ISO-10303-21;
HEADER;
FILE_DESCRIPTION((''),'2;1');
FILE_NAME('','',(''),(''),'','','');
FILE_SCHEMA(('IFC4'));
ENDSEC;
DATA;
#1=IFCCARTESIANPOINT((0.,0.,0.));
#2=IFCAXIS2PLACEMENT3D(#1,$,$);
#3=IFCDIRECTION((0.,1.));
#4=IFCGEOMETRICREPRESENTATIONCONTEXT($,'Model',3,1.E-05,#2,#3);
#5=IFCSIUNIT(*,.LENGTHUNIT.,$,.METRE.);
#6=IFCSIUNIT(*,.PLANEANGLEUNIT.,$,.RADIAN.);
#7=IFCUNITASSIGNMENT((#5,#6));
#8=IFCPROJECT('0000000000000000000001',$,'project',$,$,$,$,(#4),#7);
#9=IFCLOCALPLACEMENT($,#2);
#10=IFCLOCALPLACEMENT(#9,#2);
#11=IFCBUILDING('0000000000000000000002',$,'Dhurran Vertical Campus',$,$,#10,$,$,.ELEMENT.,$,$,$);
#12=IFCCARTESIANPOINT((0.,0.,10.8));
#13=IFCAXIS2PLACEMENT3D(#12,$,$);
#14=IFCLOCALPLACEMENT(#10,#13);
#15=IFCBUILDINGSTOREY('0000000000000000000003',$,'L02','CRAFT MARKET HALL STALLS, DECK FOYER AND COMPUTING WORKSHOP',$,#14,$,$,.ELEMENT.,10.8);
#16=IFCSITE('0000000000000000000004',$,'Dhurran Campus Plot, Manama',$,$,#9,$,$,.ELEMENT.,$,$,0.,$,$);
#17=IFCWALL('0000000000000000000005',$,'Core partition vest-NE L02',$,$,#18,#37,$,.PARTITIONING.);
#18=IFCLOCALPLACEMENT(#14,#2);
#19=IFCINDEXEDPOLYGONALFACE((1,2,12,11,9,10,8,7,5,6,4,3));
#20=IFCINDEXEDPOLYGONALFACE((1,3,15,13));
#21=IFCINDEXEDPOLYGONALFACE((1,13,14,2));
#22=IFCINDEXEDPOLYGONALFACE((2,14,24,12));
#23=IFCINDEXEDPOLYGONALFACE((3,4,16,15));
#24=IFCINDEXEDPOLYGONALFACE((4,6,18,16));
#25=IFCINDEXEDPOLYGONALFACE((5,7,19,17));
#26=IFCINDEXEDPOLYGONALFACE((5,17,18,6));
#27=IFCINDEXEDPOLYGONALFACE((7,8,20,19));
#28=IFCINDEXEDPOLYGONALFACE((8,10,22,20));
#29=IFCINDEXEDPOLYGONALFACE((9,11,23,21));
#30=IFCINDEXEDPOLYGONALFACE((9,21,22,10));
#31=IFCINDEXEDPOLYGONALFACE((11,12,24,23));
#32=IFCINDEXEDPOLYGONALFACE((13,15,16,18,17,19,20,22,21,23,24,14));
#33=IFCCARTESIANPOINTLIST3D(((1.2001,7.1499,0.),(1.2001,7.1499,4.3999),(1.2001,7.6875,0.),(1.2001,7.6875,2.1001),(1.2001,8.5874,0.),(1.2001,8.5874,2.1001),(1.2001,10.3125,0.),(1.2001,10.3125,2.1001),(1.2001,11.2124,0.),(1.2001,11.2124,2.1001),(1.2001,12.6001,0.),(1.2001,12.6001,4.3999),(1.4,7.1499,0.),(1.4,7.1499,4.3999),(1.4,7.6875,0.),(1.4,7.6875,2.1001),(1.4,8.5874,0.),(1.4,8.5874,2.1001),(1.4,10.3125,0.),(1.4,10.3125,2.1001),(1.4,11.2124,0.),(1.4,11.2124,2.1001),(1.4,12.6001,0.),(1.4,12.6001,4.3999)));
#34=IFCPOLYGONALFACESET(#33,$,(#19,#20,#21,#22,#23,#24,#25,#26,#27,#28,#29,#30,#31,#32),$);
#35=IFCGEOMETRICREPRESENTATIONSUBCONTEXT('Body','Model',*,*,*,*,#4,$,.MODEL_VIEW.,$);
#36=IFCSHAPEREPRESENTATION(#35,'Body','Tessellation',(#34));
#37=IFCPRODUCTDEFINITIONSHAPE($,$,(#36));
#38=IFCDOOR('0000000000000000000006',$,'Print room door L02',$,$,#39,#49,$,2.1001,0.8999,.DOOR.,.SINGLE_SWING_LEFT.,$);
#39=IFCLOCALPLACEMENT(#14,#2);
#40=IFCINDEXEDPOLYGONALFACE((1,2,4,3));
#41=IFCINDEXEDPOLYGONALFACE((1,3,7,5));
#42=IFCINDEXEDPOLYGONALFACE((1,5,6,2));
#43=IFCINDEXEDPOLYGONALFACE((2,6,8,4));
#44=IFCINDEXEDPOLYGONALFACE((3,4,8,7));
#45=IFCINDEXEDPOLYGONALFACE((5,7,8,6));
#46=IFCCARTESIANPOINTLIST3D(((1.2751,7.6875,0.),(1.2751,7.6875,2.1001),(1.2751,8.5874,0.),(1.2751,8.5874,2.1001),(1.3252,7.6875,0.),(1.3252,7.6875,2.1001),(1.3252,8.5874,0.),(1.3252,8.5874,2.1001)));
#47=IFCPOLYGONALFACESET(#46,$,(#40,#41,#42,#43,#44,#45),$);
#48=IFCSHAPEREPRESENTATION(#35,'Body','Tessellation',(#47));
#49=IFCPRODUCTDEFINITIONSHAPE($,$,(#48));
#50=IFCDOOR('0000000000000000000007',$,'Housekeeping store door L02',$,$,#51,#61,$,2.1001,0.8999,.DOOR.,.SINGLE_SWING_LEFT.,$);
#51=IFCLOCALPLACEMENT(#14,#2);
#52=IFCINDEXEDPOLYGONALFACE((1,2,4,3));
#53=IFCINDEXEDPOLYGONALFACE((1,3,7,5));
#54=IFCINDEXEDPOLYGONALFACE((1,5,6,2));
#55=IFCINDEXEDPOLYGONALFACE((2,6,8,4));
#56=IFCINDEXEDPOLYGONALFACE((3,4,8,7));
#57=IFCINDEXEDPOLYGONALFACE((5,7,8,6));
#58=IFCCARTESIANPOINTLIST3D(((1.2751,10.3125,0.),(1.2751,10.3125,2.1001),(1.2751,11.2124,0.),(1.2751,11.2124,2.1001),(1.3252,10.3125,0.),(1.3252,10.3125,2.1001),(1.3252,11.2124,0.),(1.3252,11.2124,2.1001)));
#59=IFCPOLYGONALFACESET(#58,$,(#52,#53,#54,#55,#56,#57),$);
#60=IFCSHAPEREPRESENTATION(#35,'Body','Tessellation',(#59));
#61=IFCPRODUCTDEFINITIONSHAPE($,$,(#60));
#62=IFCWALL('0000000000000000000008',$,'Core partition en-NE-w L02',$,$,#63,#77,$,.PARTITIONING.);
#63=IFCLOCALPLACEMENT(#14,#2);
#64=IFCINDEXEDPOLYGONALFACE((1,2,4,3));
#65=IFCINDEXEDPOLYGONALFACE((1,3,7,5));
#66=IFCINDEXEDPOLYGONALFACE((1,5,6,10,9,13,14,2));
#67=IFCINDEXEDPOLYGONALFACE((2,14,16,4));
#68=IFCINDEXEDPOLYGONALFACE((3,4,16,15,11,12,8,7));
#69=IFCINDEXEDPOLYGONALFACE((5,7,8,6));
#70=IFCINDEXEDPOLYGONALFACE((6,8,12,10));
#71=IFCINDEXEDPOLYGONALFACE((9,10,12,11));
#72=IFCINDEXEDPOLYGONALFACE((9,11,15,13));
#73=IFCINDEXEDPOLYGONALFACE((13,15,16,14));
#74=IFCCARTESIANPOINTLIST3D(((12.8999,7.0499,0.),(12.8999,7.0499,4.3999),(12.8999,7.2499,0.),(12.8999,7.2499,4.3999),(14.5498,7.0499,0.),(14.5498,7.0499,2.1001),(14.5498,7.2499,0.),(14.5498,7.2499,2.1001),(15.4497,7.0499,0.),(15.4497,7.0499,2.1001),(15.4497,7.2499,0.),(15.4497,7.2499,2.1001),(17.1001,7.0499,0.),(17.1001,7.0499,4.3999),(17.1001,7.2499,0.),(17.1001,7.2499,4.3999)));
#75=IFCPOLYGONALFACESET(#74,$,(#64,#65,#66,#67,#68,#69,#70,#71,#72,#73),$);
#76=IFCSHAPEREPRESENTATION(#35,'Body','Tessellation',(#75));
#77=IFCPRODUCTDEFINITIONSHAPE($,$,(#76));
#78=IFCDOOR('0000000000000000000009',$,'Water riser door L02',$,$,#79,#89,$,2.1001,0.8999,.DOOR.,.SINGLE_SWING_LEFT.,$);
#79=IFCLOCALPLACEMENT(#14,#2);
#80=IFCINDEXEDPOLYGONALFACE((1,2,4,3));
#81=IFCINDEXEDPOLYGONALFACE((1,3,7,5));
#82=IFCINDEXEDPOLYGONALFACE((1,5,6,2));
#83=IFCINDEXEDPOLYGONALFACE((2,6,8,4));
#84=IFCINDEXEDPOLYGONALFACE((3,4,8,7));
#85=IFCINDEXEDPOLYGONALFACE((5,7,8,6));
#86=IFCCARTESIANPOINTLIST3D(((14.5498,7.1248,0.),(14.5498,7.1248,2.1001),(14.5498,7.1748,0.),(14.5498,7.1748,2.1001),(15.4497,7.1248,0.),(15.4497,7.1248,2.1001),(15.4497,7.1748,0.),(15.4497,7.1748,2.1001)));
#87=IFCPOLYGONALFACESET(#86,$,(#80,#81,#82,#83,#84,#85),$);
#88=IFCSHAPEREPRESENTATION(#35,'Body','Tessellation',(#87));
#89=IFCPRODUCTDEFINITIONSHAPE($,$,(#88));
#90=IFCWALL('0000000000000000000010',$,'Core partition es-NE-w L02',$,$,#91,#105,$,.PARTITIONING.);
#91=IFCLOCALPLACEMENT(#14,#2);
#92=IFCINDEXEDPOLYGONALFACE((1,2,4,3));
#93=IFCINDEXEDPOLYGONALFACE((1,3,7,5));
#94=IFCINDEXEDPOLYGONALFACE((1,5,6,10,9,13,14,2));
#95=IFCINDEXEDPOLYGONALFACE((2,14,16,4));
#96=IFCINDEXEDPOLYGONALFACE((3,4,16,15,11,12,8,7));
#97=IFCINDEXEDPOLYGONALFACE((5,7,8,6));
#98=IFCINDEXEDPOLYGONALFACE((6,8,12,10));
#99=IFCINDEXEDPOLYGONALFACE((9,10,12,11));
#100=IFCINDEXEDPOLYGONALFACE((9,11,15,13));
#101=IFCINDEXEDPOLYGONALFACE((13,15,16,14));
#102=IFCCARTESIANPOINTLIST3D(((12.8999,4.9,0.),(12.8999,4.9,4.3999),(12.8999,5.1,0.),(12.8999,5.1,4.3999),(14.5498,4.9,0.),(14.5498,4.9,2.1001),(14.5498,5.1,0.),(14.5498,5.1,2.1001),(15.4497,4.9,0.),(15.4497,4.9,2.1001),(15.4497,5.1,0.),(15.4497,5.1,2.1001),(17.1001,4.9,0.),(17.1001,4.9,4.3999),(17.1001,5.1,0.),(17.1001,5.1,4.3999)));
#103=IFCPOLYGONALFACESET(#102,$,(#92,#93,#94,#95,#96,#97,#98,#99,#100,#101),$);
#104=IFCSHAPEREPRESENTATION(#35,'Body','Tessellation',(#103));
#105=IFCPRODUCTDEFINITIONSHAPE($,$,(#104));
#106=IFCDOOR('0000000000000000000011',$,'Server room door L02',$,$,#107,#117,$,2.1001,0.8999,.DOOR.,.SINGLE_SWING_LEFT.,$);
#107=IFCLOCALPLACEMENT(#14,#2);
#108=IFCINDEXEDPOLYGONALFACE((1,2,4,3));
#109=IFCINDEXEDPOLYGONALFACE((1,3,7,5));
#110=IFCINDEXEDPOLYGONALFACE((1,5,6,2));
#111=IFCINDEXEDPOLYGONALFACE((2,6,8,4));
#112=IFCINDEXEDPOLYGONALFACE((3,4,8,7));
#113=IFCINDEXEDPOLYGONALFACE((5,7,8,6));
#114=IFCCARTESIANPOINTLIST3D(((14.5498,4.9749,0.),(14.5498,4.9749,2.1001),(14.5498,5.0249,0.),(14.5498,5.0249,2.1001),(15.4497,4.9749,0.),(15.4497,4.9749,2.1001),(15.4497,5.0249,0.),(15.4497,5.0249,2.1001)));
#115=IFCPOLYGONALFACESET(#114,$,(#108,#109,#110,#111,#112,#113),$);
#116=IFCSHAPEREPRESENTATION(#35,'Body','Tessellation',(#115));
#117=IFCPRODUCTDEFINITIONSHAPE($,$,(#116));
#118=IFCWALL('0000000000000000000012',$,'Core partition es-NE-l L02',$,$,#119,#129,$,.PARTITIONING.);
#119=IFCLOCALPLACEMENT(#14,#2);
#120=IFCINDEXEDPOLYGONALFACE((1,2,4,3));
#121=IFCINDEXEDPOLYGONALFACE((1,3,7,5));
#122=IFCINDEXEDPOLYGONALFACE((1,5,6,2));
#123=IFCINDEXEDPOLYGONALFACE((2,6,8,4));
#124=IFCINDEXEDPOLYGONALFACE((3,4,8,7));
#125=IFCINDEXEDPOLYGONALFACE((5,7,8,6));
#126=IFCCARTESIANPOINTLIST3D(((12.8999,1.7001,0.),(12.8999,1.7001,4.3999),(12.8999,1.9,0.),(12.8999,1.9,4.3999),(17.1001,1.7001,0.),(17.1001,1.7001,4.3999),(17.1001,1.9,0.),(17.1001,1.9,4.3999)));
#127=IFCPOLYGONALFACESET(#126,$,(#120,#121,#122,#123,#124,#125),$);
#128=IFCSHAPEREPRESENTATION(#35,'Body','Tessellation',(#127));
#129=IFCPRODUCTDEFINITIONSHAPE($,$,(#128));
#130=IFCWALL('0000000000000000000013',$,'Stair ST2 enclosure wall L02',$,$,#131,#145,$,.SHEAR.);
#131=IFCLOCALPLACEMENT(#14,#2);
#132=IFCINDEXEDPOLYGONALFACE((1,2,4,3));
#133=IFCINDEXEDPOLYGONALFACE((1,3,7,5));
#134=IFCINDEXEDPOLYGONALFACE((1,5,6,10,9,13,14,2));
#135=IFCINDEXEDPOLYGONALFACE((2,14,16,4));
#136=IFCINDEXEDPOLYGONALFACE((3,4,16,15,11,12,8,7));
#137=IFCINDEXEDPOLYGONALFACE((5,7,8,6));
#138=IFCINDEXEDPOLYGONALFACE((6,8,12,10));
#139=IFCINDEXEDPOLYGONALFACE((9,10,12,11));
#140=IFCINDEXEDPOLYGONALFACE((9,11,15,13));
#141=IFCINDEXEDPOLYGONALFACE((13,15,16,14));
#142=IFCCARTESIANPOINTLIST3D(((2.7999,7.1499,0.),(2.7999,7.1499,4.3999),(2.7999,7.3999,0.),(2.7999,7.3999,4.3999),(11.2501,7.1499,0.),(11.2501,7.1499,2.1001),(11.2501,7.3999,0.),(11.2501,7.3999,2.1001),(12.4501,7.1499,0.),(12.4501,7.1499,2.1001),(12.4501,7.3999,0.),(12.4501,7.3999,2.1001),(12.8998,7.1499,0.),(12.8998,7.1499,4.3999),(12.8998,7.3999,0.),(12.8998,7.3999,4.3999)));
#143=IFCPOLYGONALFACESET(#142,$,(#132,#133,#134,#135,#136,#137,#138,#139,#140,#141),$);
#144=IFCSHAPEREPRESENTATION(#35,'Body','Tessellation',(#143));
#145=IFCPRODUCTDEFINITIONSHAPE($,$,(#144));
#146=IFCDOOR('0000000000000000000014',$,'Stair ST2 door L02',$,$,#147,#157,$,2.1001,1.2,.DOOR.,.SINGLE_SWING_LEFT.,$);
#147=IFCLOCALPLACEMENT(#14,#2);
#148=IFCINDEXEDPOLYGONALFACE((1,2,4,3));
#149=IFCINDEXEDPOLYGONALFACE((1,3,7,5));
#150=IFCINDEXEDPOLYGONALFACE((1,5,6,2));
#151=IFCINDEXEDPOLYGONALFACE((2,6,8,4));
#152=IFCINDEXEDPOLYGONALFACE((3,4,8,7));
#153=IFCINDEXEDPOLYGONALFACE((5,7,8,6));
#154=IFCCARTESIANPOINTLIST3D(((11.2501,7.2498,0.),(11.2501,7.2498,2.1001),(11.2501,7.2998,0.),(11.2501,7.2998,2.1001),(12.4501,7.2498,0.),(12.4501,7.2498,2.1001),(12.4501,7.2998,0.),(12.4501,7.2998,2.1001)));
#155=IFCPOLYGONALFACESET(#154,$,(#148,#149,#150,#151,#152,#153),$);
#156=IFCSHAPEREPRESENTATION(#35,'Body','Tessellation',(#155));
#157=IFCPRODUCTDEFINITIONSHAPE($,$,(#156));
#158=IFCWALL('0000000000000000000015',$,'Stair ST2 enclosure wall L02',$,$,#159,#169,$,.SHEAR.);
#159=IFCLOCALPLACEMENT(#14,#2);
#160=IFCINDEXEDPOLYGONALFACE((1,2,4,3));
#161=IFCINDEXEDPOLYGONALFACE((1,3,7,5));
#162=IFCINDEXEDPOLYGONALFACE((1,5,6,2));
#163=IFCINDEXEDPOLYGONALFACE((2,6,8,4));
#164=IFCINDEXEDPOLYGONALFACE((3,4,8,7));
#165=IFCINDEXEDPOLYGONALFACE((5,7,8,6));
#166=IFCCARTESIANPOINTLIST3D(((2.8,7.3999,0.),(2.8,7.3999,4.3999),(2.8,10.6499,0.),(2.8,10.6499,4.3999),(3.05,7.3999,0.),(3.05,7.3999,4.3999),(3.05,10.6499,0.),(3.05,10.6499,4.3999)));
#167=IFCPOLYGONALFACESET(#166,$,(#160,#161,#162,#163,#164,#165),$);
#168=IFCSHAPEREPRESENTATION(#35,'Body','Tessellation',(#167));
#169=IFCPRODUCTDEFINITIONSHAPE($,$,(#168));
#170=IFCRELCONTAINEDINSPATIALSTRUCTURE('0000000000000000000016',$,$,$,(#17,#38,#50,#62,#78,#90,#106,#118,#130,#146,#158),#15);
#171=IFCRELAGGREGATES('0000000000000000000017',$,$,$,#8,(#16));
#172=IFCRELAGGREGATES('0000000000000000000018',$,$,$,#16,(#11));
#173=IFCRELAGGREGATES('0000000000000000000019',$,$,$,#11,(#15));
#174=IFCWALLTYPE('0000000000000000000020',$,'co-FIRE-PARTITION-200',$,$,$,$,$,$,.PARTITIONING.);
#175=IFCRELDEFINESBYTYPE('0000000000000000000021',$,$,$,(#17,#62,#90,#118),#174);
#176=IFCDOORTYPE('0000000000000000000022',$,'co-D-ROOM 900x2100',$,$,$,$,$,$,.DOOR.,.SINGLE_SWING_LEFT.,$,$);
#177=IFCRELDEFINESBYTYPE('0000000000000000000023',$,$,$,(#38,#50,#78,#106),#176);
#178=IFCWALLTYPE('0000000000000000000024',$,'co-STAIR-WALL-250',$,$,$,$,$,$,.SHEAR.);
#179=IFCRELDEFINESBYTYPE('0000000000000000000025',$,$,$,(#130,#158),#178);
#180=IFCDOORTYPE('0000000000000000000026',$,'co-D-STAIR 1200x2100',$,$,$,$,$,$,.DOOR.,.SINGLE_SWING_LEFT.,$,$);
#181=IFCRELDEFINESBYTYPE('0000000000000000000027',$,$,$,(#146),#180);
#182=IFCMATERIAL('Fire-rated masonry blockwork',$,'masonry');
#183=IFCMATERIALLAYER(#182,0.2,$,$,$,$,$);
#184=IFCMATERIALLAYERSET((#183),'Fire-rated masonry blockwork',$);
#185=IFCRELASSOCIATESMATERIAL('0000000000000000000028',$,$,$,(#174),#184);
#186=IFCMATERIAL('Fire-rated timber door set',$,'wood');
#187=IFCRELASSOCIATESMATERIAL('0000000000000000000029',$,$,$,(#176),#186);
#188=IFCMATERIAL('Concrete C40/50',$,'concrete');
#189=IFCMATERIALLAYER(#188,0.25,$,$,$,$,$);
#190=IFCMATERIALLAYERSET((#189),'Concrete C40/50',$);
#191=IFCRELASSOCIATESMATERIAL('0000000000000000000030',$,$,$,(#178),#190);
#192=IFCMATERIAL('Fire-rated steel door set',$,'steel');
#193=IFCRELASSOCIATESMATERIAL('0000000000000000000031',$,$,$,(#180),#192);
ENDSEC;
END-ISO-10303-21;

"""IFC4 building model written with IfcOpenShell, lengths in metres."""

from ifc_helpers import new_model, si_unit, direction, frame, frame_2d, origin, place, context, subcontext, project, spatial, rectangle, extrude, material, layer, layer_set, type_object, element, fill, save


model = new_model("IFC4")

# Units and contexts
model_context = context("Model", 3, precision=1e-05, world=origin(), true_north=direction((0.0, 1.0)))
body_context = subcontext(model_context, "Body", "Model", "MODEL_VIEW")
ifc_project = project(units=[si_unit("LENGTHUNIT", "METRE"), si_unit("PLANEANGLEUNIT", "RADIAN")], contexts=[model_context])

# Site, building, storey
site_placement = place(None, origin())
site = spatial("IfcSite", under=ifc_project, at=site_placement, Name="Dhurran Campus Plot, Manama", CompositionType="ELEMENT", RefElevation=0.0)
building_placement = place(site_placement, origin())
building = spatial("IfcBuilding", under=site, at=building_placement, Name="Dhurran Vertical Campus", CompositionType="ELEMENT")
storey_placement = place(building_placement, frame((0.0, 0.0, 10.8)))
storey = spatial("IfcBuildingStorey", under=building, at=storey_placement, Name="L02", Description="CRAFT MARKET HALL STALLS, DECK FOYER AND COMPUTING WORKSHOP", CompositionType="ELEMENT", Elevation=10.8)

# Shared definitions
ifc_material_1 = material(Name="Fire-rated masonry blockwork", Category="masonry")
ifc_layer_1 = layer(ifc_material_1, 0.2)
ifc_layer_set_1 = layer_set([ifc_layer_1], Name="Fire-rated masonry blockwork")
wall_type_1 = type_object("IfcWallType", Name="co-FIRE-PARTITION-200", PredefinedType="PARTITIONING", material=ifc_layer_set_1)

# Wall, openings, doors
wall_1_placement = place(storey_placement, frame((1.3, 7.1499, 0.0), z_axis=(0.0, 0.0, 1.0), x_axis=(0.0, 1.0, 0.0)))
wall_1 = element("IfcWall", 1, at=wall_1_placement, inside=storey, type_object=wall_type_1, Name="Core partition vest-NE L02", PredefinedType="PARTITIONING", context=body_context, shape_type="SweptSolid", body=[
    extrude(rectangle(XDim=5.4502, YDim=0.2, at=frame_2d((2.7251, 0.0))), origin(), (0.0, 0.0, 1.0), 4.3999),
])
opening_1_placement = place(wall_1_placement, frame((0.5376, 0.0, 0.0)))
opening_1 = element("IfcOpeningElement", 2, at=opening_1_placement, cuts=wall_1, PredefinedType="OPENING", context=body_context, shape_type="SweptSolid", body=[
    extrude(rectangle(XDim=0.8999, YDim=2.1001, at=frame_2d((0.45, 1.05))), frame((0.0, 0.1099, 0.0), z_axis=(0.0, -1.0, 0.0), x_axis=(1.0, 0.0, 0.0)), (0.0, 0.0, 1.0), 0.22),
])
opening_2_placement = place(wall_1_placement, frame((3.1626, 0.0, 0.0)))
opening_2 = element("IfcOpeningElement", 3, at=opening_2_placement, cuts=wall_1, PredefinedType="OPENING", context=body_context, shape_type="SweptSolid", body=[
    extrude(rectangle(XDim=0.8999, YDim=2.1001, at=frame_2d((0.45, 1.05))), frame((0.0, 0.1099, 0.0), z_axis=(0.0, -1.0, 0.0), x_axis=(1.0, 0.0, 0.0)), (0.0, 0.0, 1.0), 0.22),
])
ifc_material_2 = material(Name="Fire-rated timber door set", Category="wood")
door_type_1 = type_object("IfcDoorType", Name="co-D-ROOM 900x2100", OperationType="SINGLE_SWING_LEFT", PredefinedType="DOOR", material=ifc_material_2)
door_1_placement = place(opening_1_placement, origin())
door_1 = element("IfcDoor", 4, at=door_1_placement, inside=storey, type_object=door_type_1, Name="Print room door L02", OperationType="SINGLE_SWING_LEFT", OverallHeight=2.1001, OverallWidth=0.8999, PredefinedType="DOOR", context=body_context, shape_type="SweptSolid", body=[
    extrude(rectangle(XDim=0.8999, YDim=2.1001, at=frame_2d((0.45, 1.05))), frame((0.0, 0.0249, 0.0), z_axis=(0.0, -1.0, 0.0), x_axis=(1.0, 0.0, 0.0)), (0.0, 0.0, 1.0), 0.05),
])
fill(opening_1, door_1)
door_2_placement = place(opening_2_placement, origin())
door_2 = element("IfcDoor", 5, at=door_2_placement, inside=storey, type_object=door_type_1, Name="Housekeeping store door L02", OperationType="SINGLE_SWING_LEFT", OverallHeight=2.1001, OverallWidth=0.8999, PredefinedType="DOOR", context=body_context, shape_type="SweptSolid", body=[
    extrude(rectangle(XDim=0.8999, YDim=2.1001, at=frame_2d((0.45, 1.05))), frame((0.0, 0.0249, 0.0), z_axis=(0.0, -1.0, 0.0), x_axis=(1.0, 0.0, 0.0)), (0.0, 0.0, 1.0), 0.05),
])
fill(opening_2, door_2)

# Walls, openings, doors
wall_2_placement = place(storey_placement, frame((12.8999, 7.1499, 0.0), z_axis=(0.0, 0.0, 1.0), x_axis=(1.0, 0.0, 0.0)))
wall_2 = element("IfcWall", 6, at=wall_2_placement, inside=storey, type_object=wall_type_1, Name="Core partition en-NE-w L02", PredefinedType="PARTITIONING", context=body_context, shape_type="SweptSolid", body=[
    extrude(rectangle(XDim=4.2002, YDim=0.2, at=frame_2d((2.1001, 0.0))), origin(), (0.0, 0.0, 1.0), 4.3999),
])
opening_3_placement = place(wall_2_placement, frame((1.6499, 0.0, 0.0)))
opening_3 = element("IfcOpeningElement", 7, at=opening_3_placement, cuts=wall_2, PredefinedType="OPENING", context=body_context, shape_type="SweptSolid", body=[
    extrude(rectangle(XDim=0.8999, YDim=2.1001, at=frame_2d((0.45, 1.05))), frame((0.0, 0.1099, 0.0), z_axis=(0.0, -1.0, 0.0), x_axis=(1.0, 0.0, 0.0)), (0.0, 0.0, 1.0), 0.22),
])
door_3_placement = place(opening_3_placement, origin())
door_3 = element("IfcDoor", 8, at=door_3_placement, inside=storey, type_object=door_type_1, Name="Water riser door L02", OperationType="SINGLE_SWING_LEFT", OverallHeight=2.1001, OverallWidth=0.8999, PredefinedType="DOOR", context=body_context, shape_type="SweptSolid", body=[
    extrude(rectangle(XDim=0.8999, YDim=2.1001, at=frame_2d((0.45, 1.05))), frame((0.0, 0.0249, 0.0), z_axis=(0.0, -1.0, 0.0), x_axis=(1.0, 0.0, 0.0)), (0.0, 0.0, 1.0), 0.05),
])
fill(opening_3, door_3)
wall_3_placement = place(storey_placement, frame((12.8999, 5.0, 0.0), z_axis=(0.0, 0.0, 1.0), x_axis=(1.0, 0.0, 0.0)))
wall_3 = element("IfcWall", 9, at=wall_3_placement, inside=storey, type_object=wall_type_1, Name="Core partition es-NE-w L02", PredefinedType="PARTITIONING", context=body_context, shape_type="SweptSolid", body=[
    extrude(rectangle(XDim=4.2002, YDim=0.2, at=frame_2d((2.1001, 0.0))), origin(), (0.0, 0.0, 1.0), 4.3999),
])
opening_4_placement = place(wall_3_placement, frame((1.6499, 0.0, 0.0)))
opening_4 = element("IfcOpeningElement", 10, at=opening_4_placement, cuts=wall_3, PredefinedType="OPENING", context=body_context, shape_type="SweptSolid", body=[
    extrude(rectangle(XDim=0.8999, YDim=2.1001, at=frame_2d((0.45, 1.05))), frame((0.0, 0.1099, 0.0), z_axis=(0.0, -1.0, 0.0), x_axis=(1.0, 0.0, 0.0)), (0.0, 0.0, 1.0), 0.22),
])
door_4_placement = place(opening_4_placement, origin())
door_4 = element("IfcDoor", 11, at=door_4_placement, inside=storey, type_object=door_type_1, Name="Server room door L02", OperationType="SINGLE_SWING_LEFT", OverallHeight=2.1001, OverallWidth=0.8999, PredefinedType="DOOR", context=body_context, shape_type="SweptSolid", body=[
    extrude(rectangle(XDim=0.8999, YDim=2.1001, at=frame_2d((0.45, 1.05))), frame((0.0, 0.0249, 0.0), z_axis=(0.0, -1.0, 0.0), x_axis=(1.0, 0.0, 0.0)), (0.0, 0.0, 1.0), 0.05),
])
fill(opening_4, door_4)

# Wall
wall_4_placement = place(storey_placement, frame((12.8999, 1.8, 0.0), z_axis=(0.0, 0.0, 1.0), x_axis=(1.0, 0.0, 0.0)))
element("IfcWall", 12, at=wall_4_placement, inside=storey, type_object=wall_type_1, Name="Core partition es-NE-l L02", PredefinedType="PARTITIONING", context=body_context, shape_type="SweptSolid", body=[
    extrude(rectangle(XDim=4.2002, YDim=0.2, at=frame_2d((2.1001, 0.0))), origin(), (0.0, 0.0, 1.0), 4.3999),
])

# Wall, opening, door
ifc_material_3 = material(Name="Concrete C40/50", Category="concrete")
ifc_layer_2 = layer(ifc_material_3, 0.25)
ifc_layer_set_2 = layer_set([ifc_layer_2], Name="Concrete C40/50")
wall_type_2 = type_object("IfcWallType", Name="co-STAIR-WALL-250", PredefinedType="SHEAR", material=ifc_layer_set_2)
wall_5_placement = place(storey_placement, frame((2.8, 7.2749, 0.0), z_axis=(0.0, 0.0, 1.0), x_axis=(1.0, 0.0, 0.0)))
wall_5 = element("IfcWall", 13, at=wall_5_placement, inside=storey, type_object=wall_type_2, Name="Stair ST2 enclosure wall L02", PredefinedType="SHEAR", context=body_context, shape_type="SweptSolid", body=[
    extrude(rectangle(XDim=10.0999, YDim=0.25, at=frame_2d((5.0498, 0.0))), origin(), (0.0, 0.0, 1.0), 4.3999),
])
opening_5_placement = place(wall_5_placement, frame((8.45, 0.0, 0.0)))
opening_5 = element("IfcOpeningElement", 14, at=opening_5_placement, cuts=wall_5, PredefinedType="OPENING", context=body_context, shape_type="SweptSolid", body=[
    extrude(rectangle(XDim=1.2, YDim=2.1001, at=frame_2d((0.6001, 1.05))), frame((0.0, 0.135, 0.0), z_axis=(0.0, -1.0, 0.0), x_axis=(1.0, 0.0, 0.0)), (0.0, 0.0, 1.0), 0.27),
])
ifc_material_4 = material(Name="Fire-rated steel door set", Category="steel")
door_type_2 = type_object("IfcDoorType", Name="co-D-STAIR 1200x2100", OperationType="SINGLE_SWING_LEFT", PredefinedType="DOOR", material=ifc_material_4)
door_5_placement = place(opening_5_placement, origin())
door_5 = element("IfcDoor", 15, at=door_5_placement, inside=storey, type_object=door_type_2, Name="Stair ST2 door L02", OperationType="SINGLE_SWING_LEFT", OverallHeight=2.1001, OverallWidth=1.2, PredefinedType="DOOR", context=body_context, shape_type="SweptSolid", body=[
    extrude(rectangle(XDim=1.2, YDim=2.1001, at=frame_2d((0.6001, 1.05))), frame((0.0, 0.0249, 0.0), z_axis=(0.0, -1.0, 0.0), x_axis=(1.0, 0.0, 0.0)), (0.0, 0.0, 1.0), 0.05),
])
fill(opening_5, door_5)

# Wall
for number, where, z_axis, x_axis, name in (
    (16, (2.925, 7.3999, 0.0), (0.0, 0.0, 1.0), (0.0, 1.0, 0.0), "Stair ST2 enclosure wall L02"),
):
    element("IfcWall", number, at=place(storey_placement, frame(where, z_axis=z_axis, x_axis=x_axis)), inside=storey, type_object=wall_type_2, Name=name, PredefinedType="SHEAR", context=body_context, shape_type="SweptSolid", body=[
        extrude(rectangle(XDim=3.25, YDim=0.25, at=frame_2d((1.625, 0.0))), origin(), (0.0, 0.0, 1.0), 4.3999),
    ])

save(model, "model.ifc")
